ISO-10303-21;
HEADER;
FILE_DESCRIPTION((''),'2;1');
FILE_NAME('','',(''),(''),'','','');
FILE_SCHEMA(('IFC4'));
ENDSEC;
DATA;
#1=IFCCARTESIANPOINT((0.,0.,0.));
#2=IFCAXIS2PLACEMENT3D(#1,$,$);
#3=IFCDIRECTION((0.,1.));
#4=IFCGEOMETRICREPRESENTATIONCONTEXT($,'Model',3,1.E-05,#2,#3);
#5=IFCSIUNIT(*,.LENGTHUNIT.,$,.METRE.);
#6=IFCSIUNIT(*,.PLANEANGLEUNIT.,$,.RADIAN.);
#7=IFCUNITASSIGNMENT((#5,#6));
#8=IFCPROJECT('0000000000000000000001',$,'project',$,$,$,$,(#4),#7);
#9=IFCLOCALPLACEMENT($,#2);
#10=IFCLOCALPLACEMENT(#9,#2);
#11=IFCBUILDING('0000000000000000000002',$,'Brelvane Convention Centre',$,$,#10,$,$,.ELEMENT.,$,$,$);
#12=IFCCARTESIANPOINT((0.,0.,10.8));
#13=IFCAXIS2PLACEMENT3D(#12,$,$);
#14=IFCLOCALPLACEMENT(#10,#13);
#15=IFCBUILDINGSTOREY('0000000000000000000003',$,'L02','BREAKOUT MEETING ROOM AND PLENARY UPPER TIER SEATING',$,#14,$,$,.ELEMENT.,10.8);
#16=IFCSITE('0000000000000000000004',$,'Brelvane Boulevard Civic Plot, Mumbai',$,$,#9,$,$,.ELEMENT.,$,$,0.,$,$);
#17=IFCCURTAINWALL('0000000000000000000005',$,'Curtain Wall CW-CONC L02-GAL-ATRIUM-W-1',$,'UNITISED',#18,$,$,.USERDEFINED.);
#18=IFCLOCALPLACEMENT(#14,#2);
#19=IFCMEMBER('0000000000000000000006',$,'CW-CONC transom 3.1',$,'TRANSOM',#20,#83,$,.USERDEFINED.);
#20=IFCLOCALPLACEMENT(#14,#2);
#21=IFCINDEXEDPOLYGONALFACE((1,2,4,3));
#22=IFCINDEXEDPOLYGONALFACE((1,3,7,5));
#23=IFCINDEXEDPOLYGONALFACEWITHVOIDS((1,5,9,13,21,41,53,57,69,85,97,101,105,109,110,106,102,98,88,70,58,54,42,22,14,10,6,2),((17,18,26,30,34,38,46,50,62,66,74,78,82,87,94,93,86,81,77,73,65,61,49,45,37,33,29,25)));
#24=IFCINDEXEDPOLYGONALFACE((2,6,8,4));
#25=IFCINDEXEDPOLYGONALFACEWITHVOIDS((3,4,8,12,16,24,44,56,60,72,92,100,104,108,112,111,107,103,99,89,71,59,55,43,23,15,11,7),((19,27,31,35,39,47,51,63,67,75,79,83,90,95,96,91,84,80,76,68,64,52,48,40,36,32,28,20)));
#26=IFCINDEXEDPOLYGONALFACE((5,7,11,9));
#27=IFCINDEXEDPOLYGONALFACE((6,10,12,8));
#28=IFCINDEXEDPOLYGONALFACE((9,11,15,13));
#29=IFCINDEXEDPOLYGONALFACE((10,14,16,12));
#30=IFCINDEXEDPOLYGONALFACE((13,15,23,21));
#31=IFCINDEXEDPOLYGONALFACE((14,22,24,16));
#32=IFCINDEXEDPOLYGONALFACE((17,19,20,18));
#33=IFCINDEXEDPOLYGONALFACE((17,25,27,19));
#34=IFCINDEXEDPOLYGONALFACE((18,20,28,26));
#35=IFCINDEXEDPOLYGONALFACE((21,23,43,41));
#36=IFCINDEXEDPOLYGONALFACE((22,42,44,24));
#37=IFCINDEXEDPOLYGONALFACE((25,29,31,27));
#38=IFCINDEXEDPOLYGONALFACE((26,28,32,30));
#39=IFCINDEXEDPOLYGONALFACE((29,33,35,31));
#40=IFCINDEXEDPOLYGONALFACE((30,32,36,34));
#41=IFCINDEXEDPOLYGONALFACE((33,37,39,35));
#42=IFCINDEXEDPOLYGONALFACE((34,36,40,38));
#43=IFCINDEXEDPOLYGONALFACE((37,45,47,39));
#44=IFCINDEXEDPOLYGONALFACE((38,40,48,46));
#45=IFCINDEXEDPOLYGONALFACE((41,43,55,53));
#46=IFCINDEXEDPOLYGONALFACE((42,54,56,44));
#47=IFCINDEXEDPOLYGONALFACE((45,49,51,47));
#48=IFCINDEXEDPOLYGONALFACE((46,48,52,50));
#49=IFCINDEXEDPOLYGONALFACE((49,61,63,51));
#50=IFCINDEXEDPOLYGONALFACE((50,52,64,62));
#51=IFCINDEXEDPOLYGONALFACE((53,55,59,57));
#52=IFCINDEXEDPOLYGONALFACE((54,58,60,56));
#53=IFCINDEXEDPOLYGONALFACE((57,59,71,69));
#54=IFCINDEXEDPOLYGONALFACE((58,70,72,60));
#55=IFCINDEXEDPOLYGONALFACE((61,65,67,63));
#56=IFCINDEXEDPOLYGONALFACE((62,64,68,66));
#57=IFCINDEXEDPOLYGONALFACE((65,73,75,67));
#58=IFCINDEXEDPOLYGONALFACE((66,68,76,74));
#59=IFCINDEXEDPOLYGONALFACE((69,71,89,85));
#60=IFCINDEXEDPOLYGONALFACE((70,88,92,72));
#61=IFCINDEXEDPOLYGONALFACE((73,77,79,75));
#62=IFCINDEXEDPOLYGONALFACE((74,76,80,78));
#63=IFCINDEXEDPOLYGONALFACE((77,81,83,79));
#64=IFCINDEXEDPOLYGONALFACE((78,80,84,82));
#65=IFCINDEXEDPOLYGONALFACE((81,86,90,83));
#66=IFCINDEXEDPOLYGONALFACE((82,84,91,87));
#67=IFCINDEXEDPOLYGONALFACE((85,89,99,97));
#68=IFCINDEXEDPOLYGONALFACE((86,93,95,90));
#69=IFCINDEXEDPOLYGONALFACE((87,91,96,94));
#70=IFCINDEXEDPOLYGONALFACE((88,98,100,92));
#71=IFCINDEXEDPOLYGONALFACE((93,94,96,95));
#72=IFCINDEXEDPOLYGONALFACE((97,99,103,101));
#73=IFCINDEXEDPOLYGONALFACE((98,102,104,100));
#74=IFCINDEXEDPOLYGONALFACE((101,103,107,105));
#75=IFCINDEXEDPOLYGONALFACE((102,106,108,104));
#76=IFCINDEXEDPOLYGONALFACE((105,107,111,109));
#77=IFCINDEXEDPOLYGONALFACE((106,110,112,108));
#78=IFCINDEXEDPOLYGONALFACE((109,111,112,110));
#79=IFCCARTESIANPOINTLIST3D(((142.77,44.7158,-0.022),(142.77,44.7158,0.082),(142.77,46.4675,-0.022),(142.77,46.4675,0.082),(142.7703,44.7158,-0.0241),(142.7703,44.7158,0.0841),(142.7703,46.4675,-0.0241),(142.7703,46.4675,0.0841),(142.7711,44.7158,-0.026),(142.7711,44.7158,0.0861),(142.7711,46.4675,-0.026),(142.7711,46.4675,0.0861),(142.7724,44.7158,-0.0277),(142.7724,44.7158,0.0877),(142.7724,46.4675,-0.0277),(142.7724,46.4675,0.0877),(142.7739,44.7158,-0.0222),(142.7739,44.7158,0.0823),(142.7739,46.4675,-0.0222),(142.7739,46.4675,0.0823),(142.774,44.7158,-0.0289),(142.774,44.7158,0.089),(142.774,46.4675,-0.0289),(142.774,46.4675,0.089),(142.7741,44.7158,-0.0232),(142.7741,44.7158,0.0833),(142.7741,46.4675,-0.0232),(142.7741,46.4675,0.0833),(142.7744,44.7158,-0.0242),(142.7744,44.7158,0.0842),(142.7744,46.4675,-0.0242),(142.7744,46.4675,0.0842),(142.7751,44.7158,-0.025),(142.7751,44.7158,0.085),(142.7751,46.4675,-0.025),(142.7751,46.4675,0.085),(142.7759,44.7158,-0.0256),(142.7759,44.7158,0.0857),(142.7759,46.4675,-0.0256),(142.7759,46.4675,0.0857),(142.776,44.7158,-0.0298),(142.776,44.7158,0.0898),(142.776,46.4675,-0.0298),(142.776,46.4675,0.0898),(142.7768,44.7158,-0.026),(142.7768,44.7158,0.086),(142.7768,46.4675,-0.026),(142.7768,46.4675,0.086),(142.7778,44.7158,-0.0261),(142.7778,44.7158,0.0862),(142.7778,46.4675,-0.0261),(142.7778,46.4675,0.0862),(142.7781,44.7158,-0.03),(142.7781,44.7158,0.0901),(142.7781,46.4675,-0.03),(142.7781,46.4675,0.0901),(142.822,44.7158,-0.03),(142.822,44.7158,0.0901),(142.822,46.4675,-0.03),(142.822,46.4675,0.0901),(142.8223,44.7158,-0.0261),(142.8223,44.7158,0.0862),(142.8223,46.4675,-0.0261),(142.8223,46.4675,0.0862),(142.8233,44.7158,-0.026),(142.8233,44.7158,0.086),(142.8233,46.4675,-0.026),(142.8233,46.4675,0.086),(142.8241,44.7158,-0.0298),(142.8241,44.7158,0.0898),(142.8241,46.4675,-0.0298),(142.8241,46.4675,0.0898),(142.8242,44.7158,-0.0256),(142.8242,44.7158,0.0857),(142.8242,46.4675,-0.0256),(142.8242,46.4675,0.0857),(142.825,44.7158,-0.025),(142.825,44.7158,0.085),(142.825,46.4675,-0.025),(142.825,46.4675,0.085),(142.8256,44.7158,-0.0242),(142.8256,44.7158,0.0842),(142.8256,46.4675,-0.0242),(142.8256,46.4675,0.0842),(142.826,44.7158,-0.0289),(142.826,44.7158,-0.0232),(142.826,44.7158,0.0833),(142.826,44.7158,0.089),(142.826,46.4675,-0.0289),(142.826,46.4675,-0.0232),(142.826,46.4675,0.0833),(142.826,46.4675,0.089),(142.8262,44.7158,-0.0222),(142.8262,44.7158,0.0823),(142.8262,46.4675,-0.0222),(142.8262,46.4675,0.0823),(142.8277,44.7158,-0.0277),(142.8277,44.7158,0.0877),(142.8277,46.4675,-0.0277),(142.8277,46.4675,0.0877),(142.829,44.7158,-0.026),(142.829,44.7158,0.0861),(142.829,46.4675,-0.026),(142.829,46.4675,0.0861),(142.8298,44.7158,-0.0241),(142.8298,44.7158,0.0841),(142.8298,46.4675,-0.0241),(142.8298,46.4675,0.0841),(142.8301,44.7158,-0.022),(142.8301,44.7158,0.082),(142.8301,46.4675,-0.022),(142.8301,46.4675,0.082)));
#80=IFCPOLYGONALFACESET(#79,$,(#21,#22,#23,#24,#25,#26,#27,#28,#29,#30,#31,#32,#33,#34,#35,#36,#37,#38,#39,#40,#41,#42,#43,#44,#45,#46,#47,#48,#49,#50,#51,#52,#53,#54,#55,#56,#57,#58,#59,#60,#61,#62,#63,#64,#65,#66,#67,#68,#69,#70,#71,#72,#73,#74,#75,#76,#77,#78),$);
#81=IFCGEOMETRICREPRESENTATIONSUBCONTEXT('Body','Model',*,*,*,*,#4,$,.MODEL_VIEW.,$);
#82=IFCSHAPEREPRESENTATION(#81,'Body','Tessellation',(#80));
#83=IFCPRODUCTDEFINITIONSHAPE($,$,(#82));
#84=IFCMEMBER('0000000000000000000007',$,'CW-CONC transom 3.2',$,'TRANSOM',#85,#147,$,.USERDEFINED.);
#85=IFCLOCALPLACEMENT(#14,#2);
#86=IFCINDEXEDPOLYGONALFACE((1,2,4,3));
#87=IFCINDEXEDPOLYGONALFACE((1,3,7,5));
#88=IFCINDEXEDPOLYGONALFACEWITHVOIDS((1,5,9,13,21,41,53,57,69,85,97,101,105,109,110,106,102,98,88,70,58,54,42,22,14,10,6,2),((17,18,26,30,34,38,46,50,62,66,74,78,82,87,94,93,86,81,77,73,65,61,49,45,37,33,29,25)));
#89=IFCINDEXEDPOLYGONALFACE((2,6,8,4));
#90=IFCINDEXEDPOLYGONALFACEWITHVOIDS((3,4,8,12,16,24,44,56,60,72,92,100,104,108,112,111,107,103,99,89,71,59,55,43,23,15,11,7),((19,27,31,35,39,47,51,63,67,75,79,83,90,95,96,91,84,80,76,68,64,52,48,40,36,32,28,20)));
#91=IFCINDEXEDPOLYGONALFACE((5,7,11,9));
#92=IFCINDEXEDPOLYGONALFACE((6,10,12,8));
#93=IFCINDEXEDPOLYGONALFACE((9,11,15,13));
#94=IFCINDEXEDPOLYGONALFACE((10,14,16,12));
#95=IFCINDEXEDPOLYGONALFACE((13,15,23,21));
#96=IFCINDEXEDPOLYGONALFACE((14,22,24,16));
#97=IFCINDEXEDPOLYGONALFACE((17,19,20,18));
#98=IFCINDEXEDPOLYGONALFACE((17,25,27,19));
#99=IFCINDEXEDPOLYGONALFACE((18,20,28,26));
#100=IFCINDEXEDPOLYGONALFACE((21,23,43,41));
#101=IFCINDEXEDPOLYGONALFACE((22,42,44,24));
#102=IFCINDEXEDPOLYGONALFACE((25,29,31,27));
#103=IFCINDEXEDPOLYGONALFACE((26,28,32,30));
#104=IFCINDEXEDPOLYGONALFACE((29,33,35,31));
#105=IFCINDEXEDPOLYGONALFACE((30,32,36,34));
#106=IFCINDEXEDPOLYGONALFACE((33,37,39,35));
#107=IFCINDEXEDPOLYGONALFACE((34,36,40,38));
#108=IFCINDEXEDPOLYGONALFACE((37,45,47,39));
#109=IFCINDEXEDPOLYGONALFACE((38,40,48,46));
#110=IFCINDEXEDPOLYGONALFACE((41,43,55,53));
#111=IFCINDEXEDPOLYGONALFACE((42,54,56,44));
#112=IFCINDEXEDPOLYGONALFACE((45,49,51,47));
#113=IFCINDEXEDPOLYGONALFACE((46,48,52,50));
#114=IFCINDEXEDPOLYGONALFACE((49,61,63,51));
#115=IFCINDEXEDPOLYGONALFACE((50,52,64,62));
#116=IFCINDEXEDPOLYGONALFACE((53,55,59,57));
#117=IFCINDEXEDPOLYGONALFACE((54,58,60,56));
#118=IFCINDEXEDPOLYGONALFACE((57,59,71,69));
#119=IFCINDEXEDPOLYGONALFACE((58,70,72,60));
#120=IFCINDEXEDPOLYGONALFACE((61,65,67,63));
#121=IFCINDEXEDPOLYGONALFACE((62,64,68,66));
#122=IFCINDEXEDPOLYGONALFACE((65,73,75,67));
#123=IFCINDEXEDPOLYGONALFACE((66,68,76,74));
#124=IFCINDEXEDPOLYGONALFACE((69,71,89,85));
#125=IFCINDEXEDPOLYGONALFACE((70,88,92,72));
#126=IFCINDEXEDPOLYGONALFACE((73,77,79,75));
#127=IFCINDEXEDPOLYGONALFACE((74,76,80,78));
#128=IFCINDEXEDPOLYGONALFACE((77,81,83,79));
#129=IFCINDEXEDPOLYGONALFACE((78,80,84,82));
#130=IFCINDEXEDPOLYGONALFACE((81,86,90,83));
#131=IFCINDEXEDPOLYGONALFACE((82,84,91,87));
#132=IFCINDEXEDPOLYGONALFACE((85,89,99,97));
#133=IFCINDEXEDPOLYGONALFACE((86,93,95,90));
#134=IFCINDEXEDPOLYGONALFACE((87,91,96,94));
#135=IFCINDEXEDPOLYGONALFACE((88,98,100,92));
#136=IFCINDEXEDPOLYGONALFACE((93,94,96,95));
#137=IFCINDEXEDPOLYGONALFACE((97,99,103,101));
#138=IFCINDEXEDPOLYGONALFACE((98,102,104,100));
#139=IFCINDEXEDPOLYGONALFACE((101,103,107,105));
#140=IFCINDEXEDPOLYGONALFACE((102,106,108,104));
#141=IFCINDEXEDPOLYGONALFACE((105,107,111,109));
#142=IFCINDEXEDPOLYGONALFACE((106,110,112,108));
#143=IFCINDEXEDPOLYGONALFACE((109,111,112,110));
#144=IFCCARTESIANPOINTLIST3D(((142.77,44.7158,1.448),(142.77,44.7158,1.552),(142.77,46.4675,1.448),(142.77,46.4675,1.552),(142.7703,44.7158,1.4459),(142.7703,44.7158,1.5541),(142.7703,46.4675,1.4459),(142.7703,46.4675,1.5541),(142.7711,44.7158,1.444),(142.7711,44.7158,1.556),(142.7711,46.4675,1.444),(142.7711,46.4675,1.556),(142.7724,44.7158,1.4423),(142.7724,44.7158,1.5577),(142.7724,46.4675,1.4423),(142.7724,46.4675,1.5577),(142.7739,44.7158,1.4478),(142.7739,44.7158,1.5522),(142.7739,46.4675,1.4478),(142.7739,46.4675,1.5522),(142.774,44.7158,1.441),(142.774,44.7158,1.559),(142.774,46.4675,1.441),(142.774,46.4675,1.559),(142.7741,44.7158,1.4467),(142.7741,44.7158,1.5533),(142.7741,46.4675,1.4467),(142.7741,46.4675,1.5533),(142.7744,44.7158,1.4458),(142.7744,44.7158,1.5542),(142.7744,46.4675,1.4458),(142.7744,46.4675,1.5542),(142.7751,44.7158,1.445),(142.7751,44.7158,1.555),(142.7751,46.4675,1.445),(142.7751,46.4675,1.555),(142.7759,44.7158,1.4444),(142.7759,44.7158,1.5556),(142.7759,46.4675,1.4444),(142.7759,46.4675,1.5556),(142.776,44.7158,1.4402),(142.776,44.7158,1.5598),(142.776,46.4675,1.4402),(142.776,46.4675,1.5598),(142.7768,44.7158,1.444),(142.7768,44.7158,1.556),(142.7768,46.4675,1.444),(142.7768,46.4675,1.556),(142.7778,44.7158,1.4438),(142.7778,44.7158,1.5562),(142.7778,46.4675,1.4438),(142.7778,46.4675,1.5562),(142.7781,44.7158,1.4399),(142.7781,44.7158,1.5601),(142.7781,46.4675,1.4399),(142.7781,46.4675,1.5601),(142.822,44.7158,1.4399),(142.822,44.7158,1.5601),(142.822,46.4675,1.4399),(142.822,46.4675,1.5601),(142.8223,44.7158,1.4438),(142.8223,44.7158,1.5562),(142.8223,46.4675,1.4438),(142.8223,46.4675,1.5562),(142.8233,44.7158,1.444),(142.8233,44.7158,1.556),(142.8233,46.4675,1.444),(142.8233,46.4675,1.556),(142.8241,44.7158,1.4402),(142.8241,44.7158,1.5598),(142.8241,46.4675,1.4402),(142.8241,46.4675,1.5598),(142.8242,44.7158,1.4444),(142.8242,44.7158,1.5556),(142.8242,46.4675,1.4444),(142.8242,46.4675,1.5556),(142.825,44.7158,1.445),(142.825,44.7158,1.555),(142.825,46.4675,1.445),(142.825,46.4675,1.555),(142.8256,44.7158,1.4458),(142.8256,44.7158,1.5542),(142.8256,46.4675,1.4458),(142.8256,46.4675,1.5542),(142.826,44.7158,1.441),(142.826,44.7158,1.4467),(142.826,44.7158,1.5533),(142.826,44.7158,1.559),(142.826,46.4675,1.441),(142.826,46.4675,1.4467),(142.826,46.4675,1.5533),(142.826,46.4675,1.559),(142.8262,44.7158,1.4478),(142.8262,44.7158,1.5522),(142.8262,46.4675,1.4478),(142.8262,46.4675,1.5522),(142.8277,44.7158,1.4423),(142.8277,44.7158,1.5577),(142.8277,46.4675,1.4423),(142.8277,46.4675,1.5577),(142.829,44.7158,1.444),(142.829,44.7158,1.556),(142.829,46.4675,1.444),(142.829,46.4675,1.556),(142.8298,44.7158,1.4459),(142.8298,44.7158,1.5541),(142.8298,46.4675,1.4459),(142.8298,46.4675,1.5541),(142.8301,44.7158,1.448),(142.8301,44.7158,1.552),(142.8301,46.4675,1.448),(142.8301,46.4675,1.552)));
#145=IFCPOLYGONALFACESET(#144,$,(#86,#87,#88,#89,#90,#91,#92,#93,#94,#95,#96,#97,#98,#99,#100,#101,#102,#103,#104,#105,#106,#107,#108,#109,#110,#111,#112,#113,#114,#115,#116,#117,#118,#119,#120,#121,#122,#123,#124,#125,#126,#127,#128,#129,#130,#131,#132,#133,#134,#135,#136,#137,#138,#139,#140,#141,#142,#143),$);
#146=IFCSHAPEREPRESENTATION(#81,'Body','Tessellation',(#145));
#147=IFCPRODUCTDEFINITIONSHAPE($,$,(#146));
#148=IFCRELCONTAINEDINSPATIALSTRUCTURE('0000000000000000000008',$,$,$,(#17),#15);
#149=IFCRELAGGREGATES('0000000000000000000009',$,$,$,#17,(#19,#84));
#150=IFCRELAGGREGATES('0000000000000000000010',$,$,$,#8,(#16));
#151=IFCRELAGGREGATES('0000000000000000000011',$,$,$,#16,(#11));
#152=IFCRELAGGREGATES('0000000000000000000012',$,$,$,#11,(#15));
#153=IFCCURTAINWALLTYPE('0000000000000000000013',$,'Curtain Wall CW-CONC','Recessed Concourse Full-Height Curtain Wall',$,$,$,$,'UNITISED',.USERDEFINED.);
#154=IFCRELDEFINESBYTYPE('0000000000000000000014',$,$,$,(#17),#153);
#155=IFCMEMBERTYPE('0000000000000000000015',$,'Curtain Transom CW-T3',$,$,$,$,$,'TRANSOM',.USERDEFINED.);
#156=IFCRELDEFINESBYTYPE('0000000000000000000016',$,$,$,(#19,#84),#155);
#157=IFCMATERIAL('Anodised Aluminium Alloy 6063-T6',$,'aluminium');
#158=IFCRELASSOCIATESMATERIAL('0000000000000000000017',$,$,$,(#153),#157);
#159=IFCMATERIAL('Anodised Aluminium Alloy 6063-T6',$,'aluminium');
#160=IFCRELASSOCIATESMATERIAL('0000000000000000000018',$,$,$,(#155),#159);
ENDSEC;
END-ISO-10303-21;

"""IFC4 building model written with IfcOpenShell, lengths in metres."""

from ifc_helpers import new_model, si_unit, direction, frame, origin, origin_2d, place, context, subcontext, project, spatial, hollow_rectangle, extrude, material, material_profile, profile_set, type_object, element, aggregate, save


model = new_model("IFC4")

# Units and contexts
model_context = context("Model", 3, precision=1e-05, world=origin(), true_north=direction((0.0, 1.0)))
body_context = subcontext(model_context, "Body", "Model", "MODEL_VIEW")
ifc_project = project(units=[si_unit("LENGTHUNIT", "METRE"), si_unit("PLANEANGLEUNIT", "RADIAN")], contexts=[model_context])

# Site, building, storey
site_placement = place(None, origin())
site = spatial("IfcSite", under=ifc_project, at=site_placement, Name="Brelvane Boulevard Civic Plot, Mumbai", CompositionType="ELEMENT", RefElevation=0.0)
building_placement = place(site_placement, origin())
building = spatial("IfcBuilding", under=site, at=building_placement, Name="Brelvane Convention Centre", CompositionType="ELEMENT")
storey_placement = place(building_placement, frame((0.0, 0.0, 10.8)))
storey = spatial("IfcBuildingStorey", under=building, at=storey_placement, Name="L02", Description="BREAKOUT MEETING ROOM AND PLENARY UPPER TIER SEATING", CompositionType="ELEMENT", Elevation=10.8)

# Curtain wall, members
ifc_material_1 = material(Name="Anodised Aluminium Alloy 6063-T6", Category="aluminium")
curtain_wall_type = type_object("IfcCurtainWallType", Name="Curtain Wall CW-CONC", Description="Recessed Concourse Full-Height Curtain Wall", ElementType="UNITISED", PredefinedType="USERDEFINED", material=ifc_material_1)
curtain_wall_placement = place(storey_placement, origin())
curtain_wall = element("IfcCurtainWall", 1, at=curtain_wall_placement, inside=storey, type_object=curtain_wall_type, Name="Curtain Wall CW-CONC L02-GAL-ATRIUM-W-1", ObjectType="UNITISED", PredefinedType="USERDEFINED")
ifc_material_2 = material(Name="Anodised Aluminium Alloy 6063-T6", Category="aluminium")
ifc_material_profile_1 = material_profile(ifc_material_2, hollow_rectangle(XDim=0.0601, YDim=0.1201, WallThickness=0.0039, InnerFilletRadius=0.0039, OuterFilletRadius=0.0081, at=origin_2d()), Name="ALU-T 120x60x4.0")
ifc_profile_set_1 = profile_set([ifc_material_profile_1], Name="Anodised Aluminium Alloy 6063-T6")
member_type_1 = type_object("IfcMemberType", Name="Curtain Transom CW-T3", ElementType="TRANSOM", PredefinedType="USERDEFINED", material=ifc_profile_set_1)
member_1_placement = place(storey_placement, frame((142.8, 44.7158, 0.03), z_axis=(0.0, 1.0, 0.0), x_axis=(-1.0, 0.0, 0.0)))
member_1 = element("IfcMember", 2, at=member_1_placement, type_object=member_type_1, Name="CW-CONC transom 3.1", ObjectType="TRANSOM", PredefinedType="USERDEFINED", context=body_context, shape_type="SweptSolid", body=[
    extrude(hollow_rectangle(XDim=0.0601, YDim=0.1201, WallThickness=0.0039, InnerFilletRadius=0.0039, OuterFilletRadius=0.0081, at=origin_2d()), origin(), (0.0, 0.0, 1.0), 1.7517),
])
member_2_placement = place(storey_placement, frame((142.8, 44.7158, 1.5), z_axis=(0.0, 1.0, 0.0), x_axis=(-1.0, 0.0, 0.0)))
member_2 = element("IfcMember", 3, at=member_2_placement, type_object=member_type_1, Name="CW-CONC transom 3.2", ObjectType="TRANSOM", PredefinedType="USERDEFINED", context=body_context, shape_type="SweptSolid", body=[
    extrude(hollow_rectangle(XDim=0.0601, YDim=0.1201, WallThickness=0.0039, InnerFilletRadius=0.0039, OuterFilletRadius=0.0081, at=origin_2d()), origin(), (0.0, 0.0, 1.0), 1.7517),
])
aggregate(curtain_wall, [member_1, member_2])

save(model, "model.ifc")
